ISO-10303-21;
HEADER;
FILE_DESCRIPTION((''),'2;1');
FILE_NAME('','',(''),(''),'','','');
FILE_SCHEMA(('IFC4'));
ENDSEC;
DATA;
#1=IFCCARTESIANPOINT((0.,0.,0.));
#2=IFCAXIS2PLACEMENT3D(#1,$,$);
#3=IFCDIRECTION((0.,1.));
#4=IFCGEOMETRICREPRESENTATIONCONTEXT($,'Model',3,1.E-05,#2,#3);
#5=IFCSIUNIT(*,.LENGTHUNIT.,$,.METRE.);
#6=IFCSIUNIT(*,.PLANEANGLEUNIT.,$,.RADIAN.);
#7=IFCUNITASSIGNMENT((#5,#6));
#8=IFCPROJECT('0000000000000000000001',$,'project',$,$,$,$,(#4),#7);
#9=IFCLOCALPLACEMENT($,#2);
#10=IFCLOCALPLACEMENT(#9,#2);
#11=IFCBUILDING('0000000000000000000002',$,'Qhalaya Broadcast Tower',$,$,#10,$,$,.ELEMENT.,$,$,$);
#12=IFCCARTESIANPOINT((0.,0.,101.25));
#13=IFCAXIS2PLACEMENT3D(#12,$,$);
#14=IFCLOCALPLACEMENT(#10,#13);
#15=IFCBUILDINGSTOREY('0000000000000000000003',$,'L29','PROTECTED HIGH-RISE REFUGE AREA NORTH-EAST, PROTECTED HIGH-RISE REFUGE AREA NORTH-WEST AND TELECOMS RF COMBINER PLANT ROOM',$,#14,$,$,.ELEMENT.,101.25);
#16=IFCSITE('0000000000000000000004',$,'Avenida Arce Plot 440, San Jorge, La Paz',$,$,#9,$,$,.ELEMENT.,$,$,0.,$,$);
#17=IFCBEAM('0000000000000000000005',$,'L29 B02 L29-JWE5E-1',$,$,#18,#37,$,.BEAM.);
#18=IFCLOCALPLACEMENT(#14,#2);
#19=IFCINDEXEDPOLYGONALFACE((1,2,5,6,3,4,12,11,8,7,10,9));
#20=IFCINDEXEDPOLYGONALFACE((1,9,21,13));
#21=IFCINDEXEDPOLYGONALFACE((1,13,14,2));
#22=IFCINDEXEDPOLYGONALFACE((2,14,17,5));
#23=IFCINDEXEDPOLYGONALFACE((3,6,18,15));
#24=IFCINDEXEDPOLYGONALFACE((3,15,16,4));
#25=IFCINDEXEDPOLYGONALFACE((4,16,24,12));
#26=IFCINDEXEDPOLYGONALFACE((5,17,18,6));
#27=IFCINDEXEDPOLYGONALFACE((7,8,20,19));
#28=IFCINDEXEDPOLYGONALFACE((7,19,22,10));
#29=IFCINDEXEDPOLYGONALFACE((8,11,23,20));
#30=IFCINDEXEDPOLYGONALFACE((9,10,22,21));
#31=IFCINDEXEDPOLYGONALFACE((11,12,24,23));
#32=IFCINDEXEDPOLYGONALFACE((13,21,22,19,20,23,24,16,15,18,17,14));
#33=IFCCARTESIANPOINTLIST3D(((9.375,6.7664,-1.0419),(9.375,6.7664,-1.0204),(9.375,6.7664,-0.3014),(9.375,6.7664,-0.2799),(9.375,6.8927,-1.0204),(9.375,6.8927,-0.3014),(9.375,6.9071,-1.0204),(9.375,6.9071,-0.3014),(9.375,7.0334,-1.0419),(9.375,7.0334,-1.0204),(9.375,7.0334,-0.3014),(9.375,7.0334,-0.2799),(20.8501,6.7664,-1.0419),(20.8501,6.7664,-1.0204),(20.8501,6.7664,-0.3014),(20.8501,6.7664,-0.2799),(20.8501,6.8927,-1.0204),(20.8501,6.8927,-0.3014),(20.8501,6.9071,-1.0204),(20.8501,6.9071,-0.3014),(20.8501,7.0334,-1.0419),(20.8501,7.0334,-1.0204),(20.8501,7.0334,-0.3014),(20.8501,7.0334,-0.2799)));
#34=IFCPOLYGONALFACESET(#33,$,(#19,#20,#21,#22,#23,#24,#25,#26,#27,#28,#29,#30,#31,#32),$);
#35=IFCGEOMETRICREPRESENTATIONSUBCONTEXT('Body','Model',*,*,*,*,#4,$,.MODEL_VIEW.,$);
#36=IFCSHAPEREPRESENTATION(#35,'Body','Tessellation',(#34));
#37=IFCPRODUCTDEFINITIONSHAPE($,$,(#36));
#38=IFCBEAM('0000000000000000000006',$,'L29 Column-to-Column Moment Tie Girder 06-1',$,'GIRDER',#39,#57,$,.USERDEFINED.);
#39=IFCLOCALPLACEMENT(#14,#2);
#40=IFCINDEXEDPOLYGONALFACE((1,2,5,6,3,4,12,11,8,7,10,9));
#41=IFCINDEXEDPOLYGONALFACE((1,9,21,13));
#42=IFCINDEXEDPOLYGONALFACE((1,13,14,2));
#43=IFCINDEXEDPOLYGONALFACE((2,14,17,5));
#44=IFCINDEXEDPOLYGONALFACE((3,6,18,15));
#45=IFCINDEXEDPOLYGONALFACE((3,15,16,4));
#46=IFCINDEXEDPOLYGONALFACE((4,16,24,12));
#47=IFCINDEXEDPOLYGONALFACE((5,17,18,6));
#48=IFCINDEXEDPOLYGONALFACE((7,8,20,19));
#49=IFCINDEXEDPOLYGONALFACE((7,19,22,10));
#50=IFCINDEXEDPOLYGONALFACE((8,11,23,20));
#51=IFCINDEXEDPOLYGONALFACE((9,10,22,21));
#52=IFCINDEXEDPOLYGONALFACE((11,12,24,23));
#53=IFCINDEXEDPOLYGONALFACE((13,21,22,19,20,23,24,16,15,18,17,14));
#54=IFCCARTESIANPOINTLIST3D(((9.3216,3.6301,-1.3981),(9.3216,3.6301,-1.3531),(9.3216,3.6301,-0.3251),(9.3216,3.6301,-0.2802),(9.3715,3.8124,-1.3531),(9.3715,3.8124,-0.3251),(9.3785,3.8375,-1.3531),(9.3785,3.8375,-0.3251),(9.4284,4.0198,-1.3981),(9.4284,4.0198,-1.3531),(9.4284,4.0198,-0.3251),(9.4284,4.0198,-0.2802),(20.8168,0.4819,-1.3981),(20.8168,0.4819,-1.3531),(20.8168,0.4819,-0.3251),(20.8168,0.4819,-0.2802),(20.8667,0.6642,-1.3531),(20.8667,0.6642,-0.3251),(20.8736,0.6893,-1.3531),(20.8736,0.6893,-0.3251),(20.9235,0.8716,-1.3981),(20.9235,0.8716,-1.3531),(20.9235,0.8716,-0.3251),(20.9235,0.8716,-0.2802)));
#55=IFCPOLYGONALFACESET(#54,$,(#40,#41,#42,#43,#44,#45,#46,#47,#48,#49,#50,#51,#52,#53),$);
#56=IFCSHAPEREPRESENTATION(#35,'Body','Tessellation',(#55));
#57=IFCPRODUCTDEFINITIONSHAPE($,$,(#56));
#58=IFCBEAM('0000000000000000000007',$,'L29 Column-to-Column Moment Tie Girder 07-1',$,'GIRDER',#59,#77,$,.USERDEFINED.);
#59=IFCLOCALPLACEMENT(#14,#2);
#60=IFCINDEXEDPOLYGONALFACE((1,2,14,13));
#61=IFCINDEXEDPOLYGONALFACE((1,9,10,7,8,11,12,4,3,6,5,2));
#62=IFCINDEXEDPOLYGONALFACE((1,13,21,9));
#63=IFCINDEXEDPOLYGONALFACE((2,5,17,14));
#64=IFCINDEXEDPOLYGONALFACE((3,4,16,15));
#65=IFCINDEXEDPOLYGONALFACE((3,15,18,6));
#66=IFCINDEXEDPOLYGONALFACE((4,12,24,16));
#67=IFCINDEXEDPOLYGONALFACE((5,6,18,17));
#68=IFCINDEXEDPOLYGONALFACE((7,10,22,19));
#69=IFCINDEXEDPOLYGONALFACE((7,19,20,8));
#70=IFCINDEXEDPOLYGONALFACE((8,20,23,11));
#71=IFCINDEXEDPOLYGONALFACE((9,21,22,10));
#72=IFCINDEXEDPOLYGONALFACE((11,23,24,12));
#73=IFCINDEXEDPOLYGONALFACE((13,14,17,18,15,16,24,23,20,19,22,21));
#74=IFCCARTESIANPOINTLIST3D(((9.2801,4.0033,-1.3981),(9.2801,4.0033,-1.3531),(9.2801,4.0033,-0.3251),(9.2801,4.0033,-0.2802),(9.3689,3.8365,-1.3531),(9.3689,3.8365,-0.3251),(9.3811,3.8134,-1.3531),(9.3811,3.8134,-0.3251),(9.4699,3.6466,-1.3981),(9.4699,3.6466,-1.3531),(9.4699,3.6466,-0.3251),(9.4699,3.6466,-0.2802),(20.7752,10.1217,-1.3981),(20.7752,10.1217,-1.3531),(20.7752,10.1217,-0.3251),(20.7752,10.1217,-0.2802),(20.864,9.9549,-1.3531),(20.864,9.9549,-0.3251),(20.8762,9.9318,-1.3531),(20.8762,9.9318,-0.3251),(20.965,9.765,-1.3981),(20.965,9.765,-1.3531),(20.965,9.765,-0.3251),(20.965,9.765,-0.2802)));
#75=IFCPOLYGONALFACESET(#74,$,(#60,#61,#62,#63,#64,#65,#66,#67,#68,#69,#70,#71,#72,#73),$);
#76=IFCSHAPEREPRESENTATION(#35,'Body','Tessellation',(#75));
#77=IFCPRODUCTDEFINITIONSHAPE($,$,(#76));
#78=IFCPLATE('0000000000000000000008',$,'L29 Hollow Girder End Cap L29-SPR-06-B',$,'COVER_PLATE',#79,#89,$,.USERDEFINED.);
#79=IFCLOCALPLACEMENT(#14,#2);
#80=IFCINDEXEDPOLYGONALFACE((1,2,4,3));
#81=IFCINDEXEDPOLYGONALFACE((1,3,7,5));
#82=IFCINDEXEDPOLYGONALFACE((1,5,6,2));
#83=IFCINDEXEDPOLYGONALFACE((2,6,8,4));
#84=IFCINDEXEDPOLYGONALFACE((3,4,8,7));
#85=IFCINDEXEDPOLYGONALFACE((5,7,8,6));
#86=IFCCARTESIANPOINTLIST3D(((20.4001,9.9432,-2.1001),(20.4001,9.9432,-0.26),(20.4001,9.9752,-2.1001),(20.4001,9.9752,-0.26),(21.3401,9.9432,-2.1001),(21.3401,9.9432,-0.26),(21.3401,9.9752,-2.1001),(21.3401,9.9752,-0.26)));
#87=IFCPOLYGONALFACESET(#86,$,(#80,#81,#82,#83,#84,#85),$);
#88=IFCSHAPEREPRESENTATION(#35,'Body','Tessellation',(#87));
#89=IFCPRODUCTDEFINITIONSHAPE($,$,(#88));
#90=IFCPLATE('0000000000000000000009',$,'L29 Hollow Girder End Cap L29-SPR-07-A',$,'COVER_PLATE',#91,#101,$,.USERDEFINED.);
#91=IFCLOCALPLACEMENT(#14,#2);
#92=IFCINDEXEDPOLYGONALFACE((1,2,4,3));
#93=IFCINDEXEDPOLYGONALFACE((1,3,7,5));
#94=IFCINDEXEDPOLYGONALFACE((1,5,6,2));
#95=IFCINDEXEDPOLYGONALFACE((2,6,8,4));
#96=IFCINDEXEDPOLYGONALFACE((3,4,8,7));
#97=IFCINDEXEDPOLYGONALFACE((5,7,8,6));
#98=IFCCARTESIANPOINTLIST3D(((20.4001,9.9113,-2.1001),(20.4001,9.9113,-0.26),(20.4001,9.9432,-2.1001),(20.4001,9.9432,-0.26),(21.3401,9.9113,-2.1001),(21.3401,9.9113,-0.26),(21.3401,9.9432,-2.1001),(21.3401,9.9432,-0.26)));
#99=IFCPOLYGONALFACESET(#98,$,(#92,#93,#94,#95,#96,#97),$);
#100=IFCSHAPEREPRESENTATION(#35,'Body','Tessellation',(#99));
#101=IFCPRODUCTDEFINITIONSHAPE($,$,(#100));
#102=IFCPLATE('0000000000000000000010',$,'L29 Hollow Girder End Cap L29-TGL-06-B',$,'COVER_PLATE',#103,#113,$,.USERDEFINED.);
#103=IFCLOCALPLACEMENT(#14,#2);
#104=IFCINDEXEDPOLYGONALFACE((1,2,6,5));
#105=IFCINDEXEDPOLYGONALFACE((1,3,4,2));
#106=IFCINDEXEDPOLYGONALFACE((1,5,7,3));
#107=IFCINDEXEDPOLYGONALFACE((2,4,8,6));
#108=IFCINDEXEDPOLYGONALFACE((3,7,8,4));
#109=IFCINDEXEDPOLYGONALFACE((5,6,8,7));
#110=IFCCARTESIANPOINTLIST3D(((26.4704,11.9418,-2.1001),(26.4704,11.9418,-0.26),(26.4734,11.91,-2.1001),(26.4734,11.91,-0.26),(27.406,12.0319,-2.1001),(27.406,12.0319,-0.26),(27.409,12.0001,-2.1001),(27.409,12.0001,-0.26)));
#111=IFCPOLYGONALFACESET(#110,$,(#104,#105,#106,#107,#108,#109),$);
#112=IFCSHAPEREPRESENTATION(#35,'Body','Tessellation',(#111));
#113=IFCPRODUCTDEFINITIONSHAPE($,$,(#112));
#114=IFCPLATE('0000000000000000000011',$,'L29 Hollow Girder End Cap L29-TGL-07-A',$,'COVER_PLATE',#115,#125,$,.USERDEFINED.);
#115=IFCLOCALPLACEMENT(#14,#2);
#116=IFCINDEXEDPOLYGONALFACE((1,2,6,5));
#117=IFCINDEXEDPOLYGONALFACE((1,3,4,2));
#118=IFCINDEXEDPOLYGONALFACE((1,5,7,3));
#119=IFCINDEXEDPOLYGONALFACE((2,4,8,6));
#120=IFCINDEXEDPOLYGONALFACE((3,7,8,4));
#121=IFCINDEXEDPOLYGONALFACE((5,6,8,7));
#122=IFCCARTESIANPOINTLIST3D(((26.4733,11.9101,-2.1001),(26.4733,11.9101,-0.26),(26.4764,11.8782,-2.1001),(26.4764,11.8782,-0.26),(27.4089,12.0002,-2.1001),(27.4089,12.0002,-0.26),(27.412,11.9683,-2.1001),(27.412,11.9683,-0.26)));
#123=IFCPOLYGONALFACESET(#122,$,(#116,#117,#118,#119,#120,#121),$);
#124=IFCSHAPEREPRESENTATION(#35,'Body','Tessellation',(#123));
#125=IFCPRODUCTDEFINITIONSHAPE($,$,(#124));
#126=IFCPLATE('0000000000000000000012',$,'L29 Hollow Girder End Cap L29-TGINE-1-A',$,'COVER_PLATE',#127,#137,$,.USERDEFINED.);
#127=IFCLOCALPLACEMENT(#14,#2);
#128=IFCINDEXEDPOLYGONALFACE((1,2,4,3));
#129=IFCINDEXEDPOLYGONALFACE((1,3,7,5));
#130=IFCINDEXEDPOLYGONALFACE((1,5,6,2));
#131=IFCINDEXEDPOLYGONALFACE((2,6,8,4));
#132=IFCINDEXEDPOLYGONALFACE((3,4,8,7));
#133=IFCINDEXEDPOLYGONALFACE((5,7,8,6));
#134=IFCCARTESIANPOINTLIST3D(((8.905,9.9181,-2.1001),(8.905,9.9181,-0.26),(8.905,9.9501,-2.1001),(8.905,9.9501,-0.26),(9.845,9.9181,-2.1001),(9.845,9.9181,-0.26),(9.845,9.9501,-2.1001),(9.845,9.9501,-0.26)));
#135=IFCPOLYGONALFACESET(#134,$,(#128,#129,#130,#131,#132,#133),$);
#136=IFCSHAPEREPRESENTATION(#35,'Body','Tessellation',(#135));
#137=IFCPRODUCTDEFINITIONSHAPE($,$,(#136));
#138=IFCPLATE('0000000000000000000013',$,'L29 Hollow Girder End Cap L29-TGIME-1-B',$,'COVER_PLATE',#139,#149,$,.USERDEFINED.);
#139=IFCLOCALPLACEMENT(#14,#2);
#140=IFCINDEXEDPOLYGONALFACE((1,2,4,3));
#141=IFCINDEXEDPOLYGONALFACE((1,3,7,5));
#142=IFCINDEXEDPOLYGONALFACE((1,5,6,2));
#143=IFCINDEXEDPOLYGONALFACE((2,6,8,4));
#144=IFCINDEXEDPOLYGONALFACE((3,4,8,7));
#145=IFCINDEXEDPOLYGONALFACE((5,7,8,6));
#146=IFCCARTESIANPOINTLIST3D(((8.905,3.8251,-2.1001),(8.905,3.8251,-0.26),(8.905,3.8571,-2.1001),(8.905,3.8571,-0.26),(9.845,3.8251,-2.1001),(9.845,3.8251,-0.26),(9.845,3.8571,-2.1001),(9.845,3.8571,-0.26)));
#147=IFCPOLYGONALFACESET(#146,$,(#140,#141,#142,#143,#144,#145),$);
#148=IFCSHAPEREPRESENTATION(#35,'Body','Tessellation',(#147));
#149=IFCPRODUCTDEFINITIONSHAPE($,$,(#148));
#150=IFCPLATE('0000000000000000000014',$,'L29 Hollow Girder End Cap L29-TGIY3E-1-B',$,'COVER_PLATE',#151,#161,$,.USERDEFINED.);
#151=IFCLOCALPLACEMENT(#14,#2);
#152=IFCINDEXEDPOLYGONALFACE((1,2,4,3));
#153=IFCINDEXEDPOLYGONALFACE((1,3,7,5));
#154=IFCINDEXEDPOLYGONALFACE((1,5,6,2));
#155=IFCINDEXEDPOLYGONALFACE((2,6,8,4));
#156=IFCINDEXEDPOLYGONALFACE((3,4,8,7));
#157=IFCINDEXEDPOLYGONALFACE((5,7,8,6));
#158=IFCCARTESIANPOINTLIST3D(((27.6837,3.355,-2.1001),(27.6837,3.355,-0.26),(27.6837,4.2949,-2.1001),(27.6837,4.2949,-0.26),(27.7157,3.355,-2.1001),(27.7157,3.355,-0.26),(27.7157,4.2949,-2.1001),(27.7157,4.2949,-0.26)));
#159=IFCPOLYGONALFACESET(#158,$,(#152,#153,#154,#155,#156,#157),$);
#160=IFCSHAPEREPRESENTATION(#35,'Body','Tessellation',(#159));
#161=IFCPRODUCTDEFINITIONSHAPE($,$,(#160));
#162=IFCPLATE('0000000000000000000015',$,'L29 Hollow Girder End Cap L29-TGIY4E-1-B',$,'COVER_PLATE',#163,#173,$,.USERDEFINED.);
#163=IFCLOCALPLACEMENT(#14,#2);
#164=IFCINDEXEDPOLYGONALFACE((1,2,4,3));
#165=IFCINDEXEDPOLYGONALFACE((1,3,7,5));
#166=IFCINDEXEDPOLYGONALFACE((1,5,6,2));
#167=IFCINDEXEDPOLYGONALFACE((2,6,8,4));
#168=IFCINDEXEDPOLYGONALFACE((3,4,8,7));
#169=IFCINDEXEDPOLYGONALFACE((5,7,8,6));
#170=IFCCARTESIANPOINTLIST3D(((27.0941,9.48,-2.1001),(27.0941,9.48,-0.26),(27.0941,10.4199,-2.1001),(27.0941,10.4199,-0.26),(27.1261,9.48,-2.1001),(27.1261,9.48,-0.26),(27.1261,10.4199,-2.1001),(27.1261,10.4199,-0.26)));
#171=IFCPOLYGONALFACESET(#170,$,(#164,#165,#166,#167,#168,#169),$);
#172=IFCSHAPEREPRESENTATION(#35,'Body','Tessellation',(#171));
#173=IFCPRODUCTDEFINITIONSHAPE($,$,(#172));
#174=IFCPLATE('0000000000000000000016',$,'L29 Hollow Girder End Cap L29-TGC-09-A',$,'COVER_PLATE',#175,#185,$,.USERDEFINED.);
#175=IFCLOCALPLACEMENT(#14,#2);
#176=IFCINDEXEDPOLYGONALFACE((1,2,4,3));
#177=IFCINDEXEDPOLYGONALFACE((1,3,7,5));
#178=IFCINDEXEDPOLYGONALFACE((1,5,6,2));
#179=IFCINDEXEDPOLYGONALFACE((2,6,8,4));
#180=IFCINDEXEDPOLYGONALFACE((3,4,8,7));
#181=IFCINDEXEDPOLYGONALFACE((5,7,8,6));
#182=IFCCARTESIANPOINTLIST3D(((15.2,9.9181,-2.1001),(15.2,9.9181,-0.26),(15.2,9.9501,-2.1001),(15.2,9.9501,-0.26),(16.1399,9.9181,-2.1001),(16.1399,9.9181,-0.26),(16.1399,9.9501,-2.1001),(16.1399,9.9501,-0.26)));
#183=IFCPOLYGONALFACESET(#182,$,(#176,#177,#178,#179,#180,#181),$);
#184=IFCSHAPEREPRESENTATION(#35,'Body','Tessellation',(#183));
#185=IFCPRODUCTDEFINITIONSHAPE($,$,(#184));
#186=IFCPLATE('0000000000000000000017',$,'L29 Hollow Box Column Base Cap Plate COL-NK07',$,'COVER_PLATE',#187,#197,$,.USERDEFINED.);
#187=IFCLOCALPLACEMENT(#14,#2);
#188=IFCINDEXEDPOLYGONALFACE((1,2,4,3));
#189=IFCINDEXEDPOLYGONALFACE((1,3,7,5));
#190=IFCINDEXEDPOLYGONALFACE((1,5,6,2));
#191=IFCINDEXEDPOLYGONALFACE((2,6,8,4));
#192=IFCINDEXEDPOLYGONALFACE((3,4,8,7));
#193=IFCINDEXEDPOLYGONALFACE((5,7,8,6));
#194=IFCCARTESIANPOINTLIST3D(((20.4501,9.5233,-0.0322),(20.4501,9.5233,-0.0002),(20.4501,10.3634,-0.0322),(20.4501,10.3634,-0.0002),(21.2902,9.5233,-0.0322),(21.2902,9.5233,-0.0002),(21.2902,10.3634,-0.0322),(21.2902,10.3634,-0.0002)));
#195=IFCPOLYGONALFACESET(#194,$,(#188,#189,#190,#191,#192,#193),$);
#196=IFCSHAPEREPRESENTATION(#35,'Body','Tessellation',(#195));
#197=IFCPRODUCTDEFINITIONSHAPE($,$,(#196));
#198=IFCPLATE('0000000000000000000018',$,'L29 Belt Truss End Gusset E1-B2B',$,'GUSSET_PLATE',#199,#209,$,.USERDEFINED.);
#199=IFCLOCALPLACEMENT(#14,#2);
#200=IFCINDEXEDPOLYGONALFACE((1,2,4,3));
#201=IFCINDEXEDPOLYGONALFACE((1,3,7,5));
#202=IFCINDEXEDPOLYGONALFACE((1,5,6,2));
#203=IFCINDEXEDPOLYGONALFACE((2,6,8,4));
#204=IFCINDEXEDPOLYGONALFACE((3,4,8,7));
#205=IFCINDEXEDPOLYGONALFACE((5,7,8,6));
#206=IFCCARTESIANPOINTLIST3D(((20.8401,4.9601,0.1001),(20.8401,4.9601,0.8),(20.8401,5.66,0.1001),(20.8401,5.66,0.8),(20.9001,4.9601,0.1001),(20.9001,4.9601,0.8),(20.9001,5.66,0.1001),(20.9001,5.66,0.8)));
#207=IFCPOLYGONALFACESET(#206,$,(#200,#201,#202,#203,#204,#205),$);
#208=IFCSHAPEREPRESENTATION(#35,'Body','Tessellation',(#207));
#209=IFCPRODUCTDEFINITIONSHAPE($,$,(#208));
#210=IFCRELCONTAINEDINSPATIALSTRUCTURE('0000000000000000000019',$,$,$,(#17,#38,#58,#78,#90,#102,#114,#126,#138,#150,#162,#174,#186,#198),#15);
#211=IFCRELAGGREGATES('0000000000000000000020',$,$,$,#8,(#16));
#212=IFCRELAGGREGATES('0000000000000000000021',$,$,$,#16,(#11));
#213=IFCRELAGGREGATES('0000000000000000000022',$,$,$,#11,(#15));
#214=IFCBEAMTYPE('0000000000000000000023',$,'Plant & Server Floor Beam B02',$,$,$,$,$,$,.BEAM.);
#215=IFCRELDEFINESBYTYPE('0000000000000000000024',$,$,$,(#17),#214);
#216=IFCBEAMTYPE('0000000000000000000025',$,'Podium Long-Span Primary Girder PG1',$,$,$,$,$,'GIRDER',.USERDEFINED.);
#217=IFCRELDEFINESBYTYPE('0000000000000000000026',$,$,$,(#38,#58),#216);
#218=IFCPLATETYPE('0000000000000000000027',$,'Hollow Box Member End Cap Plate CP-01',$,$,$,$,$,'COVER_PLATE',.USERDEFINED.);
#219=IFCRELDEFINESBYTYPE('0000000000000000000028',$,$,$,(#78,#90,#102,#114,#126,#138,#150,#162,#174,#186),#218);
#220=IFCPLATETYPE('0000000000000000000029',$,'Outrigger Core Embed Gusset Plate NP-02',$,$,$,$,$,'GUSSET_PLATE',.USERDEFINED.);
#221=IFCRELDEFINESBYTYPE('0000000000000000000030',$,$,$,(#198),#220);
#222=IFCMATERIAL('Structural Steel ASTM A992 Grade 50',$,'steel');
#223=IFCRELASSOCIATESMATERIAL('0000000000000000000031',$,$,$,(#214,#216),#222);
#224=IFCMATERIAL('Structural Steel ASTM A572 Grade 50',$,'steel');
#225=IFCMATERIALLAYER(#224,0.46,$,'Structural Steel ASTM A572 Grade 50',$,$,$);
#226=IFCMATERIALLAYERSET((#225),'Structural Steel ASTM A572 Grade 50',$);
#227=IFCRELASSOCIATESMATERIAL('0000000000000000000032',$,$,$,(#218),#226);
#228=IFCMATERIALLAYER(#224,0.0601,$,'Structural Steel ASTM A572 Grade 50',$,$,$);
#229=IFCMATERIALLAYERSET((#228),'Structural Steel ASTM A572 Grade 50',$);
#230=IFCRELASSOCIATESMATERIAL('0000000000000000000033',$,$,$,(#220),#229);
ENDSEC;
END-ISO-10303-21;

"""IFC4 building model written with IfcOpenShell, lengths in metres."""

from ifc_helpers import new_model, si_unit, direction, frame, origin, origin_2d, place, context, subcontext, project, spatial, rectangle, i_section, extrude, material, layer, layer_set, material_profile, profile_set, type_object, element, save


model = new_model("IFC4")

# Units and contexts
model_context = context("Model", 3, precision=1e-05, world=origin(), true_north=direction((0.0, 1.0)))
body_context = subcontext(model_context, "Body", "Model", "MODEL_VIEW")
ifc_project = project(units=[si_unit("LENGTHUNIT", "METRE"), si_unit("PLANEANGLEUNIT", "RADIAN")], contexts=[model_context])

# Site, building, storey
site_placement = place(None, origin())
site = spatial("IfcSite", under=ifc_project, at=site_placement, Name="Avenida Arce Plot 440, San Jorge, La Paz", CompositionType="ELEMENT", RefElevation=0.0)
building_placement = place(site_placement, origin())
building = spatial("IfcBuilding", under=site, at=building_placement, Name="Qhalaya Broadcast Tower", CompositionType="ELEMENT")
storey_placement = place(building_placement, frame((0.0, 0.0, 101.25)))
storey = spatial("IfcBuildingStorey", under=building, at=storey_placement, Name="L29", Description="PROTECTED HIGH-RISE REFUGE AREA NORTH-EAST, PROTECTED HIGH-RISE REFUGE AREA NORTH-WEST AND TELECOMS RF COMBINER PLANT ROOM", CompositionType="ELEMENT", Elevation=101.25)

# Shared definitions
ifc_material_1 = material(Name="Structural Steel ASTM A572 Grade 50", Category="steel")

# Beams
ifc_material_2 = material(Name="Structural Steel ASTM A992 Grade 50", Category="steel")
ifc_material_profile_1 = material_profile(ifc_material_2, i_section(OverallWidth=0.2671, OverallDepth=0.762, WebThickness=0.0144, FlangeThickness=0.0215, at=origin_2d()), Name="W30X116")
ifc_profile_set_1 = profile_set([ifc_material_profile_1], Name="Structural Steel ASTM A992 Grade 50")
beam_type_1 = type_object("IfcBeamType", Name="Plant & Server Floor Beam B02", PredefinedType="BEAM", material=ifc_profile_set_1)
beam_1_placement = place(storey_placement, frame((9.375, 6.8999, -0.6609), z_axis=(1.0, 0.0, 0.0), x_axis=(0.0, 1.0, 0.0)))
element("IfcBeam", 1, at=beam_1_placement, inside=storey, type_object=beam_type_1, Name="L29 B02 L29-JWE5E-1", PredefinedType="BEAM", context=body_context, shape_type="SweptSolid", body=[
    extrude(i_section(OverallWidth=0.2671, OverallDepth=0.762, WebThickness=0.0144, FlangeThickness=0.0215, at=origin_2d()), origin(), (0.0, 0.0, 1.0), 11.4751),
])
ifc_material_profile_2 = material_profile(ifc_material_2, i_section(OverallWidth=0.4041, OverallDepth=1.1179, WebThickness=0.0261, FlangeThickness=0.0449, at=origin_2d()), Name="W44X335")
ifc_profile_set_2 = profile_set([ifc_material_profile_2], Name="Structural Steel ASTM A992 Grade 50")
beam_type_2 = type_object("IfcBeamType", Name="Podium Long-Span Primary Girder PG1", ElementType="GIRDER", PredefinedType="USERDEFINED", material=ifc_profile_set_2)
beam_2_placement = place(storey_placement, frame((9.375, 3.825, -0.8391), z_axis=(0.964483, -0.264145, 0.0), x_axis=(0.264145, 0.964483, 0.0)))
element("IfcBeam", 2, at=beam_2_placement, inside=storey, type_object=beam_type_2, Name="L29 Column-to-Column Moment Tie Girder 06-1", ObjectType="GIRDER", PredefinedType="USERDEFINED", context=body_context, shape_type="SweptSolid", body=[
    extrude(i_section(OverallWidth=0.4041, OverallDepth=1.1179, WebThickness=0.0261, FlangeThickness=0.0449, at=origin_2d()), origin(), (0.0, 0.0, 1.0), 11.9185),
])
beam_3_placement = place(storey_placement, frame((9.375, 3.825, -0.8391), z_axis=(0.882746, 0.469851, 0.0), x_axis=(-0.469851, 0.882746, 0.0)))
element("IfcBeam", 3, at=beam_3_placement, inside=storey, type_object=beam_type_2, Name="L29 Column-to-Column Moment Tie Girder 07-1", ObjectType="GIRDER", PredefinedType="USERDEFINED", context=body_context, shape_type="SweptSolid", body=[
    extrude(i_section(OverallWidth=0.4041, OverallDepth=1.1179, WebThickness=0.0261, FlangeThickness=0.0449, at=origin_2d()), origin(), (0.0, 0.0, 1.0), 13.022),
])

# Plates
ifc_layer_1 = layer(ifc_material_1, 0.46, Name="Structural Steel ASTM A572 Grade 50")
ifc_layer_set_1 = layer_set([ifc_layer_1], Name="Structural Steel ASTM A572 Grade 50")
plate_type_1 = type_object("IfcPlateType", Name="Hollow Box Member End Cap Plate CP-01", ElementType="COVER_PLATE", PredefinedType="USERDEFINED", material=ifc_layer_set_1)
for number, where, z_axis, x_axis, name in (
    (4, (20.8701, 9.9592, -2.1001), (0.0, 0.0, 1.0), (-1.0, 0.0, 0.0), "L29 Hollow Girder End Cap L29-SPR-06-B"),
    (5, (20.8701, 9.9272, -2.1001), (0.0, 0.0, 1.0), (-1.0, 0.0, 0.0), "L29 Hollow Girder End Cap L29-SPR-07-A"),
    (6, (26.9397, 11.9709, -2.1001), (0.0, 0.0, 1.0), (-0.995396, -0.095846, 0.0), "L29 Hollow Girder End Cap L29-TGL-06-B"),
    (7, (26.9426, 11.9392, -2.1001), (0.0, 0.0, 1.0), (-0.995396, -0.095846, 0.0), "L29 Hollow Girder End Cap L29-TGL-07-A"),
    (8, (9.375, 9.9341, -2.1001), (0.0, 0.0, 1.0), (-1.0, 0.0, 0.0), "L29 Hollow Girder End Cap L29-TGINE-1-A"),
    (9, (9.375, 3.8411, -2.1001), (0.0, 0.0, 1.0), (-1.0, 0.0, 0.0), "L29 Hollow Girder End Cap L29-TGIME-1-B"),
    (10, (27.6997, 3.825, -2.1001), (0.0, 0.0, 1.0), (0.0, 1.0, 0.0), "L29 Hollow Girder End Cap L29-TGIY3E-1-B"),
    (11, (27.1101, 9.95, -2.1001), (0.0, 0.0, 1.0), (0.0, 1.0, 0.0), "L29 Hollow Girder End Cap L29-TGIY4E-1-B"),
    (12, (15.6699, 9.9341, -2.1001), (0.0, 0.0, 1.0), (-1.0, 0.0, 0.0), "L29 Hollow Girder End Cap L29-TGC-09-A"),
):
    element("IfcPlate", number, at=place(storey_placement, frame(where, z_axis=z_axis, x_axis=x_axis)), inside=storey, type_object=plate_type_1, Name=name, ObjectType="COVER_PLATE", PredefinedType="USERDEFINED", context=body_context, shape_type="SweptSolid", body=[
        extrude(rectangle(XDim=0.9399, YDim=0.032, at=origin_2d()), origin(), (0.0, 0.0, 1.0), 1.8401),
    ])
plate_placement = place(storey_placement, frame((20.8701, 9.9434, -0.0322), z_axis=(0.0, 0.0, 1.0), x_axis=(0.0, 1.0, 0.0)))
element("IfcPlate", 13, at=plate_placement, inside=storey, type_object=plate_type_1, Name="L29 Hollow Box Column Base Cap Plate COL-NK07", ObjectType="COVER_PLATE", PredefinedType="USERDEFINED", context=body_context, shape_type="SweptSolid", body=[
    extrude(rectangle(XDim=0.8401, YDim=0.8401, at=origin_2d()), origin(), (0.0, 0.0, 1.0), 0.032),
])
ifc_layer_2 = layer(ifc_material_1, 0.0601, Name="Structural Steel ASTM A572 Grade 50")
ifc_layer_set_2 = layer_set([ifc_layer_2], Name="Structural Steel ASTM A572 Grade 50")
plate_type_2 = type_object("IfcPlateType", Name="Outrigger Core Embed Gusset Plate NP-02", ElementType="GUSSET_PLATE", PredefinedType="USERDEFINED", material=ifc_layer_set_2)
for number, where, z_axis, x_axis, name in (
    (14, (20.8701, 5.3101, 0.1001), (0.0, 0.0, 1.0), (0.0, 1.0, 0.0), "L29 Belt Truss End Gusset E1-B2B"),
):
    element("IfcPlate", number, at=place(storey_placement, frame(where, z_axis=z_axis, x_axis=x_axis)), inside=storey, type_object=plate_type_2, Name=name, ObjectType="GUSSET_PLATE", PredefinedType="USERDEFINED", context=body_context, shape_type="SweptSolid", body=[
        extrude(rectangle(XDim=0.7, YDim=0.0601, at=origin_2d()), origin(), (0.0, 0.0, 1.0), 0.7),
    ])

save(model, "model.ifc")
